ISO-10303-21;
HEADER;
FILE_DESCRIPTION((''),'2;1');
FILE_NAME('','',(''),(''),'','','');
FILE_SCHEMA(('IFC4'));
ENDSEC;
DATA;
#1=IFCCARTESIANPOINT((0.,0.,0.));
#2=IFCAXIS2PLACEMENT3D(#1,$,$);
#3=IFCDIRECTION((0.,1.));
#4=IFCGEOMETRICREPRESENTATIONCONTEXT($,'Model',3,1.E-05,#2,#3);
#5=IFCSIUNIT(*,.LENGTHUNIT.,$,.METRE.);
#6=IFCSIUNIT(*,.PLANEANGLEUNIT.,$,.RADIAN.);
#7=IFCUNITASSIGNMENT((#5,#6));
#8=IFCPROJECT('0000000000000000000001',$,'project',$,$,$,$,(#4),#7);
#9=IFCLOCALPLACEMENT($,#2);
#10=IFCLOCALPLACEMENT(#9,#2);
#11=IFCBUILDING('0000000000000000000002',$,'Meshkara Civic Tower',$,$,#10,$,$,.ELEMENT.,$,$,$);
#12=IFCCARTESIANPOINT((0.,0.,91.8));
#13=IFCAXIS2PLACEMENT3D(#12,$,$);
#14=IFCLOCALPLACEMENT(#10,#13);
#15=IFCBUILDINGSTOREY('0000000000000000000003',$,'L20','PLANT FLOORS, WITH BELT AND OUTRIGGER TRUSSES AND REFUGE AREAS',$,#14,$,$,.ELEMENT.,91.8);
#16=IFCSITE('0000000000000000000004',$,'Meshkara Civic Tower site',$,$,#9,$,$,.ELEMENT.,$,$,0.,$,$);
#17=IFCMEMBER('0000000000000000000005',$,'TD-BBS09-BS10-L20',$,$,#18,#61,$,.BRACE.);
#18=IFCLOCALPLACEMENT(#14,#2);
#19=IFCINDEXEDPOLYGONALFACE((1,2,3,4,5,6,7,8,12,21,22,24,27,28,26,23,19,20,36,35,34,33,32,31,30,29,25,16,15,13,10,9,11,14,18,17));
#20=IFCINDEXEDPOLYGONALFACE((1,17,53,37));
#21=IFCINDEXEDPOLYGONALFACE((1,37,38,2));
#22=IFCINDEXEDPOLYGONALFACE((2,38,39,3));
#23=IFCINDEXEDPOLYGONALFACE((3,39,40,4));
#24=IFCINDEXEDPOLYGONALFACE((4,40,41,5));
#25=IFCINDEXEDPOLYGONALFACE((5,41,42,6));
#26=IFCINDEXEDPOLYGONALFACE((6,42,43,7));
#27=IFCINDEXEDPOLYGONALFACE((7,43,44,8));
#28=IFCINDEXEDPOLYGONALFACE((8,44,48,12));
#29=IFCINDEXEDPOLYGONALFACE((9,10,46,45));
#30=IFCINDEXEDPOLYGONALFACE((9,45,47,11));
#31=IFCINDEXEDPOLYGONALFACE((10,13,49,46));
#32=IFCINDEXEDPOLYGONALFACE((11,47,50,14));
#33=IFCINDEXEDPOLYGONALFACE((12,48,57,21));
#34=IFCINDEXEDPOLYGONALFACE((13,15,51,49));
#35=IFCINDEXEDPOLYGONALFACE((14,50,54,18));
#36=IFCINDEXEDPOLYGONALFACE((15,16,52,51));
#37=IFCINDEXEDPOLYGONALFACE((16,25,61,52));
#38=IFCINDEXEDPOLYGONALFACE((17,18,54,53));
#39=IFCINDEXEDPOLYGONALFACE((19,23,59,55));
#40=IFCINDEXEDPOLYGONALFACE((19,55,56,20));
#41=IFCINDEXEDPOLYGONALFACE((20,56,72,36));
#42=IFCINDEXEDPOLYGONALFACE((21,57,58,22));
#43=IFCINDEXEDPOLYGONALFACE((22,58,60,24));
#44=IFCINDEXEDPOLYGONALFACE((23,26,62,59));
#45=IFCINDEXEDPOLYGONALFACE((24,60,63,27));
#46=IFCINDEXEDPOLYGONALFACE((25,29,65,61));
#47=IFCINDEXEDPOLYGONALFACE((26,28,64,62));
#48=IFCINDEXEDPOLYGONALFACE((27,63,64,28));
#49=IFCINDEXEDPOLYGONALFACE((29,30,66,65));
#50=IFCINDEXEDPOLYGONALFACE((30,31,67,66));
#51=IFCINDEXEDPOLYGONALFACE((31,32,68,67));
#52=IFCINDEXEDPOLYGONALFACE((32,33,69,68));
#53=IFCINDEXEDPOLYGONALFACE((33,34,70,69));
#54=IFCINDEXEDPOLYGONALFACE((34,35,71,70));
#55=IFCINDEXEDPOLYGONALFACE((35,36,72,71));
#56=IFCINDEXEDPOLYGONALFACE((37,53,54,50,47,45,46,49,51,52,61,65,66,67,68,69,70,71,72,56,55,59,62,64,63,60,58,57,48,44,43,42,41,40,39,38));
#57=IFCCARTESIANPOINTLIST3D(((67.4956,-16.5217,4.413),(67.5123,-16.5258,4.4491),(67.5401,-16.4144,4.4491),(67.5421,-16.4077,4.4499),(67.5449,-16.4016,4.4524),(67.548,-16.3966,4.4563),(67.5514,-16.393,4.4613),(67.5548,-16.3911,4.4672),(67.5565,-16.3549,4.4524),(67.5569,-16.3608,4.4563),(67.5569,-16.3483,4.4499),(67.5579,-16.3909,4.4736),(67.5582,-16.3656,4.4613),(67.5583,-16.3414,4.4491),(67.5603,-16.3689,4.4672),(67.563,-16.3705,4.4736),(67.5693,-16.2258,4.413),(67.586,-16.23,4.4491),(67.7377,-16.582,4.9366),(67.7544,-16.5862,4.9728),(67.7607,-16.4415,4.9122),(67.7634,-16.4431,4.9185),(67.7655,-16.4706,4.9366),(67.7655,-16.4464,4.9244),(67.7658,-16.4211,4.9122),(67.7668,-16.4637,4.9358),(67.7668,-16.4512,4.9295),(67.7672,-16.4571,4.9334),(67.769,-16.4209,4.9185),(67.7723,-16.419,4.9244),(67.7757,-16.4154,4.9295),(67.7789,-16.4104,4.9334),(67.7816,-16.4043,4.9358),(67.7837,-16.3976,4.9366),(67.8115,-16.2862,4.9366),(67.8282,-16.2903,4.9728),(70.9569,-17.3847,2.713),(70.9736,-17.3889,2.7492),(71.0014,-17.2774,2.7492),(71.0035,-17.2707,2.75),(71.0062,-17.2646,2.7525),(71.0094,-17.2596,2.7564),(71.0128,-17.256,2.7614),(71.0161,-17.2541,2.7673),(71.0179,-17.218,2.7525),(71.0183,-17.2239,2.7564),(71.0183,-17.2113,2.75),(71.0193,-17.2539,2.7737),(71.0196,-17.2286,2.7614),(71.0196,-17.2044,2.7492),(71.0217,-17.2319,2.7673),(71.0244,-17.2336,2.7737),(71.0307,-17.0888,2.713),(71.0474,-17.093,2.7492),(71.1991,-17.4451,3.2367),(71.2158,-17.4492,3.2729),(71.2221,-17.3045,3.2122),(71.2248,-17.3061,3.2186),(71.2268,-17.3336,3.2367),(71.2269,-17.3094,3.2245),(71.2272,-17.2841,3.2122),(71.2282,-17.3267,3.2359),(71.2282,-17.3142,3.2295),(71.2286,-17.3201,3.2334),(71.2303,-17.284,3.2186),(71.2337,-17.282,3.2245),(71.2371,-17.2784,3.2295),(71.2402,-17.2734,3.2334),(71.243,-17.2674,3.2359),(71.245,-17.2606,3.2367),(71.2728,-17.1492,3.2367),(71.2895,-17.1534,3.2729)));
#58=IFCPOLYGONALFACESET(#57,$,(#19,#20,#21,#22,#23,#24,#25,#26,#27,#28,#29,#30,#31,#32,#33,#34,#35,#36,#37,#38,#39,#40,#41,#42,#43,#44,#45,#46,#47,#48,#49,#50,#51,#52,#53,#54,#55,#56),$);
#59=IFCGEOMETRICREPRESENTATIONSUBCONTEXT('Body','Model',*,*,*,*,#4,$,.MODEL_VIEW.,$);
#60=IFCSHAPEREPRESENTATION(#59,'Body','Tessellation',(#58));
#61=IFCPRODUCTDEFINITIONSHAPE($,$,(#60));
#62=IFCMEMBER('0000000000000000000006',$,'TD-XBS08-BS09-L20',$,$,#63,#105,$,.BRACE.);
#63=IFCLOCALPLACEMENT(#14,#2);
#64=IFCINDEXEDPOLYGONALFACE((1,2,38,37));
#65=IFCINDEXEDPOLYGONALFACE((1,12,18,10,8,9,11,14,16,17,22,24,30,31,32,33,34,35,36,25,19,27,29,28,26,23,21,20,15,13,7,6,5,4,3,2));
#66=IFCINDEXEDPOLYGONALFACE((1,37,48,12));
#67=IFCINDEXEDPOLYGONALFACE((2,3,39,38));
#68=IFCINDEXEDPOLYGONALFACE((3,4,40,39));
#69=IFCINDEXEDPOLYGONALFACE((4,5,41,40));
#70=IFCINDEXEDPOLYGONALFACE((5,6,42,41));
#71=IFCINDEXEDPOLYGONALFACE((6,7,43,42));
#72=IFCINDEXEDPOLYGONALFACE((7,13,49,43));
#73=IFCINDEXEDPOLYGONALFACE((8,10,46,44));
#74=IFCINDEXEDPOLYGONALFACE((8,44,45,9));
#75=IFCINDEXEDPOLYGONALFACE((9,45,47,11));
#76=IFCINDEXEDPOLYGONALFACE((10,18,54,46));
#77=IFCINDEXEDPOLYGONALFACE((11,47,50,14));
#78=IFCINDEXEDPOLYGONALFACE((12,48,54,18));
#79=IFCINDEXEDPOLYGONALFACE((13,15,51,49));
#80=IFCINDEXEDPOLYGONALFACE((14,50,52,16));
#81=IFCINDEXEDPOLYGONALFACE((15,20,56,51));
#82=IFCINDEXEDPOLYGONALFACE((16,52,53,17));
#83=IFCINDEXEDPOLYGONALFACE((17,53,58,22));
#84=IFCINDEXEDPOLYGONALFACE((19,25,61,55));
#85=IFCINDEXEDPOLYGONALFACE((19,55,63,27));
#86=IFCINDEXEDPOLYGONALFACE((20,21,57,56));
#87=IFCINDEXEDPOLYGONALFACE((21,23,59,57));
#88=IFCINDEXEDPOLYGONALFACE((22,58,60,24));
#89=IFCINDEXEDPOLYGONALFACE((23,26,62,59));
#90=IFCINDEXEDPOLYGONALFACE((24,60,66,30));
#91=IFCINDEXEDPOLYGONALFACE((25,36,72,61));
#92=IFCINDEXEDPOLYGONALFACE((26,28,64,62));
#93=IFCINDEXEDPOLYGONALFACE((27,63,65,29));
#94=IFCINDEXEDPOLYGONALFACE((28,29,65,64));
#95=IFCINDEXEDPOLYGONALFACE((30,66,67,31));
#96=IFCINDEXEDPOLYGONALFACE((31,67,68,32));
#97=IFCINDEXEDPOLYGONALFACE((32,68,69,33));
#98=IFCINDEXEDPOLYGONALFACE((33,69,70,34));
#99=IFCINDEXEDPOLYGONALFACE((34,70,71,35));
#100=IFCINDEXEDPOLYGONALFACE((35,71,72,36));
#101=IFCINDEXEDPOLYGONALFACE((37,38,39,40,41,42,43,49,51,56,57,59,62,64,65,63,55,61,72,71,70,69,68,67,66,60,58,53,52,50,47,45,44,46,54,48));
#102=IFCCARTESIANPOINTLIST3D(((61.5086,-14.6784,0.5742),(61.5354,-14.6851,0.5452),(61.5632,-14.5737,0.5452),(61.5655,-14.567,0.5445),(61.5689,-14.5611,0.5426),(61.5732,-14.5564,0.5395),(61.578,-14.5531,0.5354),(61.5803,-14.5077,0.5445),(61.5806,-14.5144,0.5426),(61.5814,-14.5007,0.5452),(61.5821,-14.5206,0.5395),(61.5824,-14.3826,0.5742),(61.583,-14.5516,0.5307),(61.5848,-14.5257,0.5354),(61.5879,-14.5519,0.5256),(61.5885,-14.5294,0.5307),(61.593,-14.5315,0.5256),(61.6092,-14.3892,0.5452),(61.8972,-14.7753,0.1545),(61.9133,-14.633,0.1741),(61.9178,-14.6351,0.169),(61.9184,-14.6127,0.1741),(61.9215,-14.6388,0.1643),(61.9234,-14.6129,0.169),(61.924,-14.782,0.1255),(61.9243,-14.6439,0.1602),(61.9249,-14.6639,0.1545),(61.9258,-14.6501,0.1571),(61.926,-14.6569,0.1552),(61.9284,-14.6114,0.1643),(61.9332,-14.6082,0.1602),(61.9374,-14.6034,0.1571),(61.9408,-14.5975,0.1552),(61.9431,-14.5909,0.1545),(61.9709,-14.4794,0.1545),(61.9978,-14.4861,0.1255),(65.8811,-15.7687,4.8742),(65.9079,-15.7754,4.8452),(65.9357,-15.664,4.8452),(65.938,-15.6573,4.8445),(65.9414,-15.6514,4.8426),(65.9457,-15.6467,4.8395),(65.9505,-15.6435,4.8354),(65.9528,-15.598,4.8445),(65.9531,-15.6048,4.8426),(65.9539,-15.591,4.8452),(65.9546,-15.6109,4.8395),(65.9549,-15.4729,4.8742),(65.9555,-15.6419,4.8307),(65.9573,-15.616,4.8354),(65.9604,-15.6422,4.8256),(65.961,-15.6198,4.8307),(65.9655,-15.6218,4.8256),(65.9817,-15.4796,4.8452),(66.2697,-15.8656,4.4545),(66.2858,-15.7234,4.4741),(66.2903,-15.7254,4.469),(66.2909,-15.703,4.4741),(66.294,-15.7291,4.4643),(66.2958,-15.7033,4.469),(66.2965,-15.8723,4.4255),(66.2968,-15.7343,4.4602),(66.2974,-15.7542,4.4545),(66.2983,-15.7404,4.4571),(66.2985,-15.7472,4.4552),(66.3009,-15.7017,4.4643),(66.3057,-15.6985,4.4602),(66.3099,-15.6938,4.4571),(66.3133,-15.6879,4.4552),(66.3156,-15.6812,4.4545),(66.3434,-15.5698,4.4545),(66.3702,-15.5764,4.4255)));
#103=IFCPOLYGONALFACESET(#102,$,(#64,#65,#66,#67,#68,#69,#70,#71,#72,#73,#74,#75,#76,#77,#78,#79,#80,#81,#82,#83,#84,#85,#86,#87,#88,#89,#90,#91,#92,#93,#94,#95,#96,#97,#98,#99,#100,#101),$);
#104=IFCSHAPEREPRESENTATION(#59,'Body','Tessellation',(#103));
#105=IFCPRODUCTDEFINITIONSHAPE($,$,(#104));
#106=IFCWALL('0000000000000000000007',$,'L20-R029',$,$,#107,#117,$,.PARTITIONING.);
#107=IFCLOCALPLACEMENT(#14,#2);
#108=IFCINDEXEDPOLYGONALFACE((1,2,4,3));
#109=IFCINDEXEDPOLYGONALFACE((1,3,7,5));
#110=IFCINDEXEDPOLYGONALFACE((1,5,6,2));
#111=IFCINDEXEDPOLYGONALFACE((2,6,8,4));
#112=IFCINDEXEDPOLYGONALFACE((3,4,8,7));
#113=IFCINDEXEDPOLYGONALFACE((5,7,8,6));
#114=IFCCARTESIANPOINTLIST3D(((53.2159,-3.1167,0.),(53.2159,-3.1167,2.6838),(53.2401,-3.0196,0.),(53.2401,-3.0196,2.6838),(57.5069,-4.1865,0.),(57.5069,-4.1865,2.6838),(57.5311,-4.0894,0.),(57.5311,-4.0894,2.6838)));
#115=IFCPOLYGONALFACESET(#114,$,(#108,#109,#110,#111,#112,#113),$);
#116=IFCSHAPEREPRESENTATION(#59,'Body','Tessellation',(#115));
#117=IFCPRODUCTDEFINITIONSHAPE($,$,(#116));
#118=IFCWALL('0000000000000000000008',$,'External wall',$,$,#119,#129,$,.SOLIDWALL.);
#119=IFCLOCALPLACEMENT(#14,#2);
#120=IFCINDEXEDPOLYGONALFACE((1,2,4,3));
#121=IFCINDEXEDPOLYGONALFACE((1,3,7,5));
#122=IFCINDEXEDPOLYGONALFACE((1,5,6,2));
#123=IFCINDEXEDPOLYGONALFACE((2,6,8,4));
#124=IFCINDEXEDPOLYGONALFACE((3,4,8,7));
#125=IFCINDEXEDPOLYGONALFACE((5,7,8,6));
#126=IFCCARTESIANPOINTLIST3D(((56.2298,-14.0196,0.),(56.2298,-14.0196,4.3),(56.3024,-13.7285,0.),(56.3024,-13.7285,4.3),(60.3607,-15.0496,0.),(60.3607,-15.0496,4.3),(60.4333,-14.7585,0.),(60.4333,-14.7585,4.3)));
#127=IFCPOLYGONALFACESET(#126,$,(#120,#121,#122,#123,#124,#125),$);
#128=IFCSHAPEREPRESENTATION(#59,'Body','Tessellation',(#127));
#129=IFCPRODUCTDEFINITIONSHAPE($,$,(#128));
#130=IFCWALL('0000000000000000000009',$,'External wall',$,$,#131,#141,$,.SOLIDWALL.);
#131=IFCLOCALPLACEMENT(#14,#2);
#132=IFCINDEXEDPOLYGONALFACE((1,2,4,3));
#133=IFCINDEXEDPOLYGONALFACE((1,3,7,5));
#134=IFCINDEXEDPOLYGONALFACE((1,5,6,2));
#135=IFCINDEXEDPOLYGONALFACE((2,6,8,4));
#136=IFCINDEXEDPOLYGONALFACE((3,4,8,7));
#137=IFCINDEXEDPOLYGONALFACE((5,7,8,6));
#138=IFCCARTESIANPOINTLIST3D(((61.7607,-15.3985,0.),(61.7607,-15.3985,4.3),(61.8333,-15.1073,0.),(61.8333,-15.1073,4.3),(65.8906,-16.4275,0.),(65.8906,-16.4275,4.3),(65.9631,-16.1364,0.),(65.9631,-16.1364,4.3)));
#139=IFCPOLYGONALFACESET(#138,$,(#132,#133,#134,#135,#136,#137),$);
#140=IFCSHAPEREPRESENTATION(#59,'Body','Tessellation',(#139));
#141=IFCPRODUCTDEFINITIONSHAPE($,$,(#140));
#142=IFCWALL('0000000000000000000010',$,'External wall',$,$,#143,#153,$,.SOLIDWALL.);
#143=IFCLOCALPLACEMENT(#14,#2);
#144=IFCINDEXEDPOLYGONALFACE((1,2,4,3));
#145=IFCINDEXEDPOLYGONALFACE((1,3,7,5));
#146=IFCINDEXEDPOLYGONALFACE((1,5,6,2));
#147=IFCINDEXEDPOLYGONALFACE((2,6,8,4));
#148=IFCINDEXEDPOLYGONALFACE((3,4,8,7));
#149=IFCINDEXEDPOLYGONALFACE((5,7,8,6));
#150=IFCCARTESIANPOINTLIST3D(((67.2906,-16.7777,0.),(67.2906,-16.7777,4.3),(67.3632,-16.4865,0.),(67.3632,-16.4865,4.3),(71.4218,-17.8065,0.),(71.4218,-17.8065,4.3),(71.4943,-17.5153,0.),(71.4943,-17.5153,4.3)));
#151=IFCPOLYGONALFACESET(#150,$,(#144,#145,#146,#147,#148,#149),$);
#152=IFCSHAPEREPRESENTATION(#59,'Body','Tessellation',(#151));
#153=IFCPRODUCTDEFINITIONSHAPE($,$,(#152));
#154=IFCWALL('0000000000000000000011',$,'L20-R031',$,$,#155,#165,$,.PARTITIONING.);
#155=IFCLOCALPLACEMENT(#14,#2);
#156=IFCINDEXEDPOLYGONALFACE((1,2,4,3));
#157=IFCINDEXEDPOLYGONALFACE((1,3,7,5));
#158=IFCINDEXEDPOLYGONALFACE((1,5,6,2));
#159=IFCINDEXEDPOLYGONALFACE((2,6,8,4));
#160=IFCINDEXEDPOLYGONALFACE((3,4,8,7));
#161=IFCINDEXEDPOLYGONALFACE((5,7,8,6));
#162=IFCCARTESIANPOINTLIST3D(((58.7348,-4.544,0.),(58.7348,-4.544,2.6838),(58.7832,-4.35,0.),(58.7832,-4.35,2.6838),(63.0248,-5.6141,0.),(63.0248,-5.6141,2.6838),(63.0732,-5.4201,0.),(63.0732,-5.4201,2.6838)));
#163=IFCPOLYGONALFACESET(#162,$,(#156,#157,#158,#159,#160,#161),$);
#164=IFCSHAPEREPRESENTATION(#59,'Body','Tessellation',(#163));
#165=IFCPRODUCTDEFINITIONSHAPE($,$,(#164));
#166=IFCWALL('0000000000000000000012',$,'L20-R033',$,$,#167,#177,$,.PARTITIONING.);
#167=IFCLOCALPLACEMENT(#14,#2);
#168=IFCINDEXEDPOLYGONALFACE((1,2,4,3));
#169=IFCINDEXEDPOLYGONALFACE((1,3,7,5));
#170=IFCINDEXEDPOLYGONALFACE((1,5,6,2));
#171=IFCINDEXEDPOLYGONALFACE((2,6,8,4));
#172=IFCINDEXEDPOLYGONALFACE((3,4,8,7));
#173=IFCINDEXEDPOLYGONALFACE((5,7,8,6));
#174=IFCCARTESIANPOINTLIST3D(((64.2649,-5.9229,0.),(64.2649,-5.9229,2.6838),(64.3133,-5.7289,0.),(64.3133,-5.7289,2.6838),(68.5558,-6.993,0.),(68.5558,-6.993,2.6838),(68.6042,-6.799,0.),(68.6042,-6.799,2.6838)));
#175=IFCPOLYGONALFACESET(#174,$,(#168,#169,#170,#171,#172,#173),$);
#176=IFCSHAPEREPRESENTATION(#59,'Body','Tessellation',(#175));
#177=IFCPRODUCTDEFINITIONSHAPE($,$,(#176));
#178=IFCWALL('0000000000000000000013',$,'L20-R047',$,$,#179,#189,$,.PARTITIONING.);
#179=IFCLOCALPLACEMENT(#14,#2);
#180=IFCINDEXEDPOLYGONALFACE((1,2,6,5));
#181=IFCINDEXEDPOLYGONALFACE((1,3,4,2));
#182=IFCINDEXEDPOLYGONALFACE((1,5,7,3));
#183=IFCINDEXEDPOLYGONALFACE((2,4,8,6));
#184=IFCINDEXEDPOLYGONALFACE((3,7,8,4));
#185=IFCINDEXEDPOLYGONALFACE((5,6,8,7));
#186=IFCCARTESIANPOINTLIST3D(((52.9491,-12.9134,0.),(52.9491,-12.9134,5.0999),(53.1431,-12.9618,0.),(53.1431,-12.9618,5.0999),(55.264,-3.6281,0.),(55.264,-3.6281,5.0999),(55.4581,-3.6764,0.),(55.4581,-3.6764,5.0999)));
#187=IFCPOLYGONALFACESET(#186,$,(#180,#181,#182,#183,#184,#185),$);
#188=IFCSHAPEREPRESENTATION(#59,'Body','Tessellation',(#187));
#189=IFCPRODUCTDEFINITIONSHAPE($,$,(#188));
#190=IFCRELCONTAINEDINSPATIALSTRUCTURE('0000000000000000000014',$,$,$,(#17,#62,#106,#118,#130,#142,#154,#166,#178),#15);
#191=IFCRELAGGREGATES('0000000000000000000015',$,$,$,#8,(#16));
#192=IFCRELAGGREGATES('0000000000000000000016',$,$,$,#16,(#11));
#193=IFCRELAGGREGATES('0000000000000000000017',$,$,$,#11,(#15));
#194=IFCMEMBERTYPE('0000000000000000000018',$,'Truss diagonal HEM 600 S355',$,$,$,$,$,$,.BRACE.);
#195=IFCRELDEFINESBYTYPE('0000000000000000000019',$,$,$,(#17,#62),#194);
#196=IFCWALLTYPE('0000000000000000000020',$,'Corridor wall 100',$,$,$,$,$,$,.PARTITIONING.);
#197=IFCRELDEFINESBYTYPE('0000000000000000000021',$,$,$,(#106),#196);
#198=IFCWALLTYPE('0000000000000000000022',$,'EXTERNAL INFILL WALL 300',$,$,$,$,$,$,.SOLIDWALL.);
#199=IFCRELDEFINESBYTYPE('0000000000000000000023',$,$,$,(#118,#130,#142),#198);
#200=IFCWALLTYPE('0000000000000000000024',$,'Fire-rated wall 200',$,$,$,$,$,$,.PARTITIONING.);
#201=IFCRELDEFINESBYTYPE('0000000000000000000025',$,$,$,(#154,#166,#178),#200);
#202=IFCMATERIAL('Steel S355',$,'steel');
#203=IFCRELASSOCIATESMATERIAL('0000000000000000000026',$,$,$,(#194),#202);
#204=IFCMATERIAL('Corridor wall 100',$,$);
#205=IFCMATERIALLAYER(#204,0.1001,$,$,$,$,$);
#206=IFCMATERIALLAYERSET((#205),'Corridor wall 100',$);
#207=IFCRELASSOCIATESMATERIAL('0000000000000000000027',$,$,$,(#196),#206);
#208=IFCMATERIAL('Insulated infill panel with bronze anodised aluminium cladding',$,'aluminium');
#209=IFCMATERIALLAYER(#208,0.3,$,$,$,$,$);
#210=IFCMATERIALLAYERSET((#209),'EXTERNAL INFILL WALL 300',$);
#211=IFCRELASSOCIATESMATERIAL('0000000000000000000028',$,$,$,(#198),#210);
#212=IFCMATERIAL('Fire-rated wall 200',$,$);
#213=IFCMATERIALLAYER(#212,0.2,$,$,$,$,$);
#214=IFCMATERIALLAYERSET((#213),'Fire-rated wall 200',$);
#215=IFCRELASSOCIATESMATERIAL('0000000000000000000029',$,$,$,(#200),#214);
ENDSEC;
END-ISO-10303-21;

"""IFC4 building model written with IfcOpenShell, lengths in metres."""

from ifc_helpers import new_model, si_unit, direction, frame, frame_2d, origin, origin_2d, place, context, subcontext, project, spatial, rectangle, i_section, extrude, material, layer, layer_set, material_profile, profile_set, type_object, element, save


model = new_model("IFC4")

# Units and contexts
model_context = context("Model", 3, precision=1e-05, world=origin(), true_north=direction((0.0, 1.0)))
body_context = subcontext(model_context, "Body", "Model", "MODEL_VIEW")
ifc_project = project(units=[si_unit("LENGTHUNIT", "METRE"), si_unit("PLANEANGLEUNIT", "RADIAN")], contexts=[model_context])

# Site, building, storey
site_placement = place(None, origin())
site = spatial("IfcSite", under=ifc_project, at=site_placement, Name="Meshkara Civic Tower site", CompositionType="ELEMENT", RefElevation=0.0)
building_placement = place(site_placement, origin())
building = spatial("IfcBuilding", under=site, at=building_placement, Name="Meshkara Civic Tower", CompositionType="ELEMENT")
storey_placement = place(building_placement, frame((0.0, 0.0, 91.8)))
storey = spatial("IfcBuildingStorey", under=building, at=storey_placement, Name="L20", Description="PLANT FLOORS, WITH BELT AND OUTRIGGER TRUSSES AND REFUGE AREAS", CompositionType="ELEMENT", Elevation=91.8)

# Members
ifc_material_1 = material(Name="Steel S355", Category="steel")
ifc_material_profile_1 = material_profile(ifc_material_1, i_section(OverallWidth=0.3049, OverallDepth=0.6201, WebThickness=0.021, FlangeThickness=0.04, FilletRadius=0.0271, at=origin_2d()))
ifc_profile_set_1 = profile_set([ifc_material_profile_1], Name="Steel S355")
member_type_1 = type_object("IfcMemberType", Name="Truss diagonal HEM 600 S355", PredefinedType="BRACE", material=ifc_profile_set_1)
member_1_placement = place(storey_placement, frame((67.6619, -16.406, 4.6929), z_axis=(0.875928, -0.218395, -0.430179), x_axis=(0.241924, 0.970295, 0.0)))
element("IfcMember", 1, at=member_1_placement, inside=storey, type_object=member_type_1, Name="TD-BBS09-BS10-L20", PredefinedType="BRACE", context=body_context, shape_type="SweptSolid", body=[
    extrude(i_section(OverallWidth=0.3049, OverallDepth=0.6201, WebThickness=0.021, FlangeThickness=0.04, FilletRadius=0.0271, at=origin_2d()), origin(), (0.0, 0.0, 1.0), 3.9517),
])
member_2_placement = place(storey_placement, frame((61.7532, -14.5823, 0.3499), z_axis=(0.701985, -0.175046, 0.690344), x_axis=(0.241949, 0.970289, 0.0)))
element("IfcMember", 2, at=member_2_placement, inside=storey, type_object=member_type_1, Name="TD-XBS08-BS09-L20", PredefinedType="BRACE", context=body_context, shape_type="SweptSolid", body=[
    extrude(i_section(OverallWidth=0.3049, OverallDepth=0.6201, WebThickness=0.021, FlangeThickness=0.04, FilletRadius=0.0271, at=origin_2d()), origin(), (0.0, 0.0, 1.0), 6.2288),
])

# Walls
ifc_material_2 = material(Name="Corridor wall 100")
ifc_layer_1 = layer(ifc_material_2, 0.1001)
ifc_layer_set_1 = layer_set([ifc_layer_1], Name="Corridor wall 100")
wall_type_1 = type_object("IfcWallType", Name="Corridor wall 100", PredefinedType="PARTITIONING", material=ifc_layer_set_1)
wall_1_placement = place(storey_placement, frame((53.228, -3.0681, 0.0), z_axis=(0.0, 0.0, 1.0), x_axis=(0.970298, -0.241912, 0.0)))
element("IfcWall", 3, at=wall_1_placement, inside=storey, type_object=wall_type_1, Name="L20-R029", PredefinedType="PARTITIONING", context=body_context, shape_type="SweptSolid", body=[
    extrude(rectangle(XDim=4.4224, YDim=0.1001, at=frame_2d((2.2112, 0.0))), origin(), (0.0, 0.0, 1.0), 2.6838),
])
ifc_material_3 = material(Name="Insulated infill panel with bronze anodised aluminium cladding", Category="aluminium")
ifc_layer_2 = layer(ifc_material_3, 0.3)
ifc_layer_set_2 = layer_set([ifc_layer_2], Name="EXTERNAL INFILL WALL 300")
wall_type_2 = type_object("IfcWallType", Name="EXTERNAL INFILL WALL 300", PredefinedType="SOLIDWALL", material=ifc_layer_set_2)
wall_2_placement = place(storey_placement, frame((56.2661, -13.874, 0.0), z_axis=(0.0, 0.0, 1.0), x_axis=(0.970291, -0.241942, 0.0)))
element("IfcWall", 4, at=wall_2_placement, inside=storey, type_object=wall_type_2, Name="External wall", PredefinedType="SOLIDWALL", context=body_context, shape_type="SweptSolid", body=[
    extrude(rectangle(XDim=4.2573, YDim=0.3, at=frame_2d((2.1287, 0.0))), origin(), (0.0, 0.0, 1.0), 4.3),
])
wall_3_placement = place(storey_placement, frame((61.7971, -15.2529, 0.0), z_axis=(0.0, 0.0, 1.0), x_axis=(0.970331, -0.24178, 0.0)))
element("IfcWall", 5, at=wall_3_placement, inside=storey, type_object=wall_type_2, Name="External wall", PredefinedType="SOLIDWALL", context=body_context, shape_type="SweptSolid", body=[
    extrude(rectangle(XDim=4.2561, YDim=0.3, at=frame_2d((2.1279, 0.0))), origin(), (0.0, 0.0, 1.0), 4.3),
])
wall_4_placement = place(storey_placement, frame((67.3269, -16.6321, 0.0), z_axis=(0.0, 0.0, 1.0), x_axis=(0.970361, -0.241658, 0.0)))
element("IfcWall", 6, at=wall_4_placement, inside=storey, type_object=wall_type_2, Name="External wall", PredefinedType="SOLIDWALL", context=body_context, shape_type="SweptSolid", body=[
    extrude(rectangle(XDim=4.2573, YDim=0.3, at=frame_2d((2.1287, 0.0))), origin(), (0.0, 0.0, 1.0), 4.3),
])
ifc_material_4 = material(Name="Fire-rated wall 200")
ifc_layer_3 = layer(ifc_material_4, 0.2)
ifc_layer_set_3 = layer_set([ifc_layer_3], Name="Fire-rated wall 200")
wall_type_3 = type_object("IfcWallType", Name="Fire-rated wall 200", PredefinedType="PARTITIONING", material=ifc_layer_set_3)
wall_5_placement = place(storey_placement, frame((58.759, -4.447, 0.0), z_axis=(0.0, 0.0, 1.0), x_axis=(0.970272, -0.242016, 0.0)))
element("IfcWall", 7, at=wall_5_placement, inside=storey, type_object=wall_type_3, Name="L20-R031", PredefinedType="PARTITIONING", context=body_context, shape_type="SweptSolid", body=[
    extrude(rectangle(XDim=4.4214, YDim=0.2, at=frame_2d((2.2107, 0.0))), origin(), (0.0, 0.0, 1.0), 2.6838),
])
wall_6_placement = place(storey_placement, frame((64.2891, -5.8259, 0.0), z_axis=(0.0, 0.0, 1.0), x_axis=(0.970285, -0.241964, 0.0)))
element("IfcWall", 8, at=wall_6_placement, inside=storey, type_object=wall_type_3, Name="L20-R033", PredefinedType="PARTITIONING", context=body_context, shape_type="SweptSolid", body=[
    extrude(rectangle(XDim=4.4224, YDim=0.2, at=frame_2d((2.2112, 0.0))), origin(), (0.0, 0.0, 1.0), 2.6838),
])
wall_7_placement = place(storey_placement, frame((53.0461, -12.9375, 0.0), z_axis=(0.0, 0.0, 1.0), x_axis=(0.241905, 0.9703, 0.0)))
element("IfcWall", 9, at=wall_7_placement, inside=storey, type_object=wall_type_3, Name="L20-R047", PredefinedType="PARTITIONING", context=body_context, shape_type="SweptSolid", body=[
    extrude(rectangle(XDim=9.5696, YDim=0.2, at=frame_2d((4.7847, 0.0))), origin(), (0.0, 0.0, 1.0), 5.0999),
])

save(model, "model.ifc")
